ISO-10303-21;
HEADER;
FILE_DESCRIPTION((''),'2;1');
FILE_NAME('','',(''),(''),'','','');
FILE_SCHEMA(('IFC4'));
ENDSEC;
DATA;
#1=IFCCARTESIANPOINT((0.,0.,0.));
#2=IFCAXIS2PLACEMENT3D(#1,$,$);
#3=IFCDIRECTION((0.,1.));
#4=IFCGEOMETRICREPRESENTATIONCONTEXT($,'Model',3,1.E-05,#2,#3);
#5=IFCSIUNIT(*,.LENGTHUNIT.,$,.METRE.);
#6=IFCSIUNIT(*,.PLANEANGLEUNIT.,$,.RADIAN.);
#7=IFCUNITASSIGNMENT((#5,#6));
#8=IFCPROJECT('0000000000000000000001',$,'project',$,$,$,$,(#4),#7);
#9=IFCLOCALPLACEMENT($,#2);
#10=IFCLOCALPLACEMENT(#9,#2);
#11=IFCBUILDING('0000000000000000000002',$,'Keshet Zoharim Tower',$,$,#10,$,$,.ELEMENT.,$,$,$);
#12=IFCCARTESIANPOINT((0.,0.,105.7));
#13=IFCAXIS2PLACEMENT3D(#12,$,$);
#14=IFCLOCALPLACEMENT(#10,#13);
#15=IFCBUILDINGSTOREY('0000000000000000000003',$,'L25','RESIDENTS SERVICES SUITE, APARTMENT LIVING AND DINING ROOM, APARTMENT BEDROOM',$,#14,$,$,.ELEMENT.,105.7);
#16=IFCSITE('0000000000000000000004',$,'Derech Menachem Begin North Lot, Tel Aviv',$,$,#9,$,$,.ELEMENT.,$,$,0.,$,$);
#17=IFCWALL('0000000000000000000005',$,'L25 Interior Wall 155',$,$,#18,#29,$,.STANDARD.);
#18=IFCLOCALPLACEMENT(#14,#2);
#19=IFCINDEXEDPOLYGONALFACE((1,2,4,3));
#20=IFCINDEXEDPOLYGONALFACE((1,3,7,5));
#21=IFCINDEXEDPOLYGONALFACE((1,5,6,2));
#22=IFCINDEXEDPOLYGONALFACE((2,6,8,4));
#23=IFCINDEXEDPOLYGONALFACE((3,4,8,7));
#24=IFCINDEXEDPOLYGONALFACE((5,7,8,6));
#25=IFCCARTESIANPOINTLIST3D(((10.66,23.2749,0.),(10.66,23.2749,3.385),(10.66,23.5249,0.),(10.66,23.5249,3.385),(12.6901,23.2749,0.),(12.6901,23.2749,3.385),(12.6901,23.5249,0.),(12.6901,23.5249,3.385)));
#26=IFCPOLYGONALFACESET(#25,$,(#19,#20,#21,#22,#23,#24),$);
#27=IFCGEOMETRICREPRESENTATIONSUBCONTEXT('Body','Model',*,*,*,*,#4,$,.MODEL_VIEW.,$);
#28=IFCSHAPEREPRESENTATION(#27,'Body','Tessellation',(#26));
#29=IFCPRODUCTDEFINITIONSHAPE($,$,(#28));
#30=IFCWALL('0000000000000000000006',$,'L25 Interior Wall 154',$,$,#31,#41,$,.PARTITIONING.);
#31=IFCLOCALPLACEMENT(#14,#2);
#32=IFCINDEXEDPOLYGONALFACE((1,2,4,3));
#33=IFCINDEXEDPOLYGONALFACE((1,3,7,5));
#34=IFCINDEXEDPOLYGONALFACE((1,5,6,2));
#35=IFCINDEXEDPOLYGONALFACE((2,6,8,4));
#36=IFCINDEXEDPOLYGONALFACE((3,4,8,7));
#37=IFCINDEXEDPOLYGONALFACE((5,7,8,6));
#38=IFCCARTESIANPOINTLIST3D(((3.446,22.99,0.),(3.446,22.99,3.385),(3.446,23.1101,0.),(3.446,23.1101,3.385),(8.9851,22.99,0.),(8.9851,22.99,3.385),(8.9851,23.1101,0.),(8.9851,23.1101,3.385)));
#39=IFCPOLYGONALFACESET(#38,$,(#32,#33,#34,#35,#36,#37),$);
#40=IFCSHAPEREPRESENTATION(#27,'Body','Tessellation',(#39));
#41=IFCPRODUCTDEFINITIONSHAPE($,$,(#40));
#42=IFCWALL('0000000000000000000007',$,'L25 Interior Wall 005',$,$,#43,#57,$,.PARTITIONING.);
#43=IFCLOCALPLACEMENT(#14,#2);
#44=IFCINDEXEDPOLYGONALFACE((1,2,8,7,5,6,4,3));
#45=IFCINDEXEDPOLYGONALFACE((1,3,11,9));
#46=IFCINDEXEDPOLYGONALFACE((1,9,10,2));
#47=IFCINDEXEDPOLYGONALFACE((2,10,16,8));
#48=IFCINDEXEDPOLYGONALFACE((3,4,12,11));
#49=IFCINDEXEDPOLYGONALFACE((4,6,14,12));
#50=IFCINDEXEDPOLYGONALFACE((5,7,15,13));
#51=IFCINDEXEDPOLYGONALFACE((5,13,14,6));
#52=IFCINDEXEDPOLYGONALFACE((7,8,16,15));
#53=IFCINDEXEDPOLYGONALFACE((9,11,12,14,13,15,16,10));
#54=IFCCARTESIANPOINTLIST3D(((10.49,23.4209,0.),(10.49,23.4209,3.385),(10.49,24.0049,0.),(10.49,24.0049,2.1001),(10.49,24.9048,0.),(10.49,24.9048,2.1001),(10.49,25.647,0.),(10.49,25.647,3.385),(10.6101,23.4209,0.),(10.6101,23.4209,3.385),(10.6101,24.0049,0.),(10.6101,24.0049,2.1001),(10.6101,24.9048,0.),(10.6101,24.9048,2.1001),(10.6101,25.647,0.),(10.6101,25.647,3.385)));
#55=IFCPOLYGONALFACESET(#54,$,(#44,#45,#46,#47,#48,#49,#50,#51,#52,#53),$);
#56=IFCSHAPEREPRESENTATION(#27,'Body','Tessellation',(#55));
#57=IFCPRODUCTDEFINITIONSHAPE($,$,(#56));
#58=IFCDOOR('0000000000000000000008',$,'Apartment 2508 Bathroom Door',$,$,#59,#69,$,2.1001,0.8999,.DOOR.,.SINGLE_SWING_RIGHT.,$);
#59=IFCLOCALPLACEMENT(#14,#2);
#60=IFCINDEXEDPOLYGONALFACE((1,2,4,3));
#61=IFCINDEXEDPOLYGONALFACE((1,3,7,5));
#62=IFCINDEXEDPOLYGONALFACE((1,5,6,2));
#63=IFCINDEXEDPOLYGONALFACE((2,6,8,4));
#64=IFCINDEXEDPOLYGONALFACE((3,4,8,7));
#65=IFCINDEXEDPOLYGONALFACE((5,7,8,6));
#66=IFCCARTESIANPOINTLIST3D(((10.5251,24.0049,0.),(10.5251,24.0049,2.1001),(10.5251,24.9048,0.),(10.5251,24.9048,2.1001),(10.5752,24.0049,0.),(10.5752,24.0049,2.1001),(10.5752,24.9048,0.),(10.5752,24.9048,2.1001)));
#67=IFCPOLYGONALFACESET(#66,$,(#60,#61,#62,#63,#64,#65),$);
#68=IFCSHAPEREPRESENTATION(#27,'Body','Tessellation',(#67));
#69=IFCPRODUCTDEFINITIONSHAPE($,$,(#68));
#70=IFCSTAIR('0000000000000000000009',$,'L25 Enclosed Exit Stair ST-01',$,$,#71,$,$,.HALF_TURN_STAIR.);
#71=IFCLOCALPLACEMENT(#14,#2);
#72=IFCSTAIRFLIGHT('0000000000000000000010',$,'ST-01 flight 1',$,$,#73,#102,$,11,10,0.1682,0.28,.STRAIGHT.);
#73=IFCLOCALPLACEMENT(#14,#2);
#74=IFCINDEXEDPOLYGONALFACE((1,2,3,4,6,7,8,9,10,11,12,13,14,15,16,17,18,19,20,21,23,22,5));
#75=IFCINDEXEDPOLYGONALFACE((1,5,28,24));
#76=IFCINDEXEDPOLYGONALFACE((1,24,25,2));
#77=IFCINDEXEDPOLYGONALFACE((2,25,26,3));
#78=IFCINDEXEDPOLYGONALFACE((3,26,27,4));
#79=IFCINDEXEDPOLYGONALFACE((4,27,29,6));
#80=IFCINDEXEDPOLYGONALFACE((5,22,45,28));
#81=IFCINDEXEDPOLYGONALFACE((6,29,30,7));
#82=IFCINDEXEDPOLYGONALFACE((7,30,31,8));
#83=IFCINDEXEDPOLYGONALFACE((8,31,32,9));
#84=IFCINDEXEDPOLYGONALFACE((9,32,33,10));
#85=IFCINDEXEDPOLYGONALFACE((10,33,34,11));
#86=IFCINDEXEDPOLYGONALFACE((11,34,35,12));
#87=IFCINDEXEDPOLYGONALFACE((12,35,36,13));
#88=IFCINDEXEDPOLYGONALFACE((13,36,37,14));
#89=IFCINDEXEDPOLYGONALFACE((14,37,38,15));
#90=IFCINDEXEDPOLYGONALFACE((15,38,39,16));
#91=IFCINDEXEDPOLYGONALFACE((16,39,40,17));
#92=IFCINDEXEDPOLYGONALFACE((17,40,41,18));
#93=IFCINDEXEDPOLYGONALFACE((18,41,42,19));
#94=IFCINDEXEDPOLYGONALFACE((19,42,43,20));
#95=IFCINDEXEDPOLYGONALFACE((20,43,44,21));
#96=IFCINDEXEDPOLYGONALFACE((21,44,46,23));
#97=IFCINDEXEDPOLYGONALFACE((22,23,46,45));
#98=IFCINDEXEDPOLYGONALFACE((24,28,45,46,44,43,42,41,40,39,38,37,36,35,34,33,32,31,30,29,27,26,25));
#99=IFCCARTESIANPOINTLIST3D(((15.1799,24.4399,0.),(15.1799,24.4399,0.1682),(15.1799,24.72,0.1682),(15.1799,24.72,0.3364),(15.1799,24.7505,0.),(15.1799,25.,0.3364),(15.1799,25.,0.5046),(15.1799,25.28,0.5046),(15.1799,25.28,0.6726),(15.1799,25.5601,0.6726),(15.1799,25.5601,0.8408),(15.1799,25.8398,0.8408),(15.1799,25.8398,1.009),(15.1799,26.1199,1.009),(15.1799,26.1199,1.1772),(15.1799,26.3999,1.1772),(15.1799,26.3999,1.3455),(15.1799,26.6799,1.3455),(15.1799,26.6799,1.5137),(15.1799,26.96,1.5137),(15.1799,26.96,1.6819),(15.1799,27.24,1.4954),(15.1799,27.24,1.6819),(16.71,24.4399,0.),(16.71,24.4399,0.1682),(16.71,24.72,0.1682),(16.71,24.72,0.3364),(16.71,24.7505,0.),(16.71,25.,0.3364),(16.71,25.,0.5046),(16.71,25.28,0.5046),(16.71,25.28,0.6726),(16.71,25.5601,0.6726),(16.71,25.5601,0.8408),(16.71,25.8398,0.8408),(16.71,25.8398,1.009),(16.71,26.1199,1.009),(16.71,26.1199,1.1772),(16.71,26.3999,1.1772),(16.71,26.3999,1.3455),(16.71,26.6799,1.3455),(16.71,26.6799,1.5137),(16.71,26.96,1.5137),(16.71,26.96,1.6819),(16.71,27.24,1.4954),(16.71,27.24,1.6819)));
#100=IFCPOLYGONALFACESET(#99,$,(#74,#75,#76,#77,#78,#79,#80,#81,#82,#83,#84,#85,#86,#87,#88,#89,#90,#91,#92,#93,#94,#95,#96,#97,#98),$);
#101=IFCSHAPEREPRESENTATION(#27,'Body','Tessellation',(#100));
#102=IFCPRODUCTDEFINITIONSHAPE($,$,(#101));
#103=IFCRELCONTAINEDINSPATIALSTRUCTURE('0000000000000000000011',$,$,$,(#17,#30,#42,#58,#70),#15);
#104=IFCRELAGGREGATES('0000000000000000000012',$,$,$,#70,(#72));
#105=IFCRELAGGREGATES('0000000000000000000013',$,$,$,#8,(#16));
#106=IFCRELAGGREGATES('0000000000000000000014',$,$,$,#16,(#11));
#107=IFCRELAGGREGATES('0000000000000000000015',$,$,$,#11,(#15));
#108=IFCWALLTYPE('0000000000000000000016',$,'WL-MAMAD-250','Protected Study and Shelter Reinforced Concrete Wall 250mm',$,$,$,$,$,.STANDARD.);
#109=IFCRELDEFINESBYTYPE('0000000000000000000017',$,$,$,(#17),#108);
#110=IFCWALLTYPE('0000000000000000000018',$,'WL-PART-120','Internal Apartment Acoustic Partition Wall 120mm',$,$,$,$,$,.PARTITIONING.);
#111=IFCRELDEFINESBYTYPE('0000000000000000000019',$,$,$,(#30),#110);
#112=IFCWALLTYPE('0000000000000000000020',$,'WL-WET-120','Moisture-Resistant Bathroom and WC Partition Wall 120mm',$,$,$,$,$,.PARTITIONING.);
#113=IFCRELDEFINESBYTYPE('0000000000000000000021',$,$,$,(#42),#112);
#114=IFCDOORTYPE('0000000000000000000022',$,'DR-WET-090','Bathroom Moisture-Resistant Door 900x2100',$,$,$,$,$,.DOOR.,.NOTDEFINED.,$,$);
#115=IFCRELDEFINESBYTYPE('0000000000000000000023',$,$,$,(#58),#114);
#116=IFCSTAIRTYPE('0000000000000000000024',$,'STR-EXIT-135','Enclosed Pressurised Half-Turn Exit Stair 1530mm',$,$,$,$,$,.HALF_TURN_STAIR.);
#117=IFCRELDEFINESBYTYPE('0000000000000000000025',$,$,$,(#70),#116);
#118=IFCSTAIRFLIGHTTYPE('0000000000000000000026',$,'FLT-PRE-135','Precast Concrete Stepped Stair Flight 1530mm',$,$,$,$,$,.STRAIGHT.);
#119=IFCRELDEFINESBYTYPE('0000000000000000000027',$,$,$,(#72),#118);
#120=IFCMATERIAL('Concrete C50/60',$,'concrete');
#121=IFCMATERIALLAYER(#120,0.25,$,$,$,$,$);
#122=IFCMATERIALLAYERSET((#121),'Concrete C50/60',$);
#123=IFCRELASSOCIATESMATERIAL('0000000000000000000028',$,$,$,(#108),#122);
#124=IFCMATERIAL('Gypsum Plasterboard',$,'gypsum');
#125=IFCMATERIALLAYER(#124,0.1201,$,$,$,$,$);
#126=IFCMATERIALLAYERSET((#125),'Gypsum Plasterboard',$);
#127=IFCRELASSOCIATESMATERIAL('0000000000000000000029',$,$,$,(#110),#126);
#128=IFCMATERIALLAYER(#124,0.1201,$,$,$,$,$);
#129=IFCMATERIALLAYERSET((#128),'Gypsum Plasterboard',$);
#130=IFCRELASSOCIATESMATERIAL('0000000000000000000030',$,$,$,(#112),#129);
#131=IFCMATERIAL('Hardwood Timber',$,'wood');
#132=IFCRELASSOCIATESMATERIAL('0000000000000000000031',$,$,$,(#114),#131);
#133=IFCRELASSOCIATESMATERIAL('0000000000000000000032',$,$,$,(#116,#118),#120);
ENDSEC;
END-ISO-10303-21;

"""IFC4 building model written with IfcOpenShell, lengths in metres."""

from ifc_helpers import new_model, si_unit, direction, frame, frame_2d, origin, place, context, subcontext, project, spatial, polyline, rectangle, outline, extrude, material, layer, layer_set, type_object, element, fill, aggregate, save


model = new_model("IFC4")

# Units and contexts
model_context = context("Model", 3, precision=1e-05, world=origin(), true_north=direction((0.0, 1.0)))
body_context = subcontext(model_context, "Body", "Model", "MODEL_VIEW")
ifc_project = project(units=[si_unit("LENGTHUNIT", "METRE"), si_unit("PLANEANGLEUNIT", "RADIAN")], contexts=[model_context])

# Site, building, storey
site_placement = place(None, origin())
site = spatial("IfcSite", under=ifc_project, at=site_placement, Name="Derech Menachem Begin North Lot, Tel Aviv", CompositionType="ELEMENT", RefElevation=0.0)
building_placement = place(site_placement, origin())
building = spatial("IfcBuilding", under=site, at=building_placement, Name="Keshet Zoharim Tower", CompositionType="ELEMENT")
storey_placement = place(building_placement, frame((0.0, 0.0, 105.7)))
storey = spatial("IfcBuildingStorey", under=building, at=storey_placement, Name="L25", Description="RESIDENTS SERVICES SUITE, APARTMENT LIVING AND DINING ROOM, APARTMENT BEDROOM", CompositionType="ELEMENT", Elevation=105.7)

# Shared definitions
ifc_material_1 = material(Name="Gypsum Plasterboard", Category="gypsum")

# Shared definitions
ifc_material_2 = material(Name="Concrete C50/60", Category="concrete")
ifc_layer_1 = layer(ifc_material_2, 0.25)
ifc_layer_set_1 = layer_set([ifc_layer_1], Name="Concrete C50/60")
wall_type_1 = type_object("IfcWallType", Name="WL-MAMAD-250", Description="Protected Study and Shelter Reinforced Concrete Wall 250mm", PredefinedType="STANDARD", material=ifc_layer_set_1)
ifc_material_3 = material(Name="Hardwood Timber", Category="wood")

# Wall
for number, where, z_axis, x_axis, name in (
    (1, (10.6599, 23.3999, 0.0), (0.0, 0.0, 1.0), (1.0, 0.0, 0.0), "L25 Interior Wall 155"),
):
    element("IfcWall", number, at=place(storey_placement, frame(where, z_axis=z_axis, x_axis=x_axis)), inside=storey, type_object=wall_type_1, Name=name, PredefinedType="STANDARD", context=body_context, shape_type="SweptSolid", body=[
        extrude(rectangle(XDim=2.03, YDim=0.25, at=frame_2d((1.0151, 0.0))), origin(), (0.0, 0.0, 1.0), 3.385),
    ])

# Shared definitions
ifc_layer_2 = layer(ifc_material_1, 0.1201)
ifc_layer_set_2 = layer_set([ifc_layer_2], Name="Gypsum Plasterboard")
wall_type_2 = type_object("IfcWallType", Name="WL-PART-120", Description="Internal Apartment Acoustic Partition Wall 120mm", PredefinedType="PARTITIONING", material=ifc_layer_set_2)

# Wall
wall_1_placement = place(storey_placement, frame((3.446, 23.05, 0.0), z_axis=(0.0, 0.0, 1.0), x_axis=(1.0, 0.0, 0.0)))
element("IfcWall", 2, at=wall_1_placement, inside=storey, type_object=wall_type_2, Name="L25 Interior Wall 154", PredefinedType="PARTITIONING", context=body_context, shape_type="SweptSolid", body=[
    extrude(rectangle(XDim=5.5391, YDim=0.1201, at=frame_2d((2.7695, 0.0))), origin(), (0.0, 0.0, 1.0), 3.385),
])

# Wall, opening, door
ifc_layer_3 = layer(ifc_material_1, 0.1201)
ifc_layer_set_3 = layer_set([ifc_layer_3], Name="Gypsum Plasterboard")
wall_type_3 = type_object("IfcWallType", Name="WL-WET-120", Description="Moisture-Resistant Bathroom and WC Partition Wall 120mm", PredefinedType="PARTITIONING", material=ifc_layer_set_3)
wall_2_placement = place(storey_placement, frame((10.55, 23.4209, 0.0), z_axis=(0.0, 0.0, 1.0), x_axis=(0.0, 1.0, 0.0)))
wall_2 = element("IfcWall", 3, at=wall_2_placement, inside=storey, type_object=wall_type_3, Name="L25 Interior Wall 005", PredefinedType="PARTITIONING", context=body_context, shape_type="SweptSolid", body=[
    extrude(rectangle(XDim=2.2261, YDim=0.1201, at=frame_2d((1.113, 0.0))), origin(), (0.0, 0.0, 1.0), 3.385),
])
opening_1_placement = place(wall_2_placement, frame((0.584, 0.0, 0.0)))
opening_1 = element("IfcOpeningElement", 4, at=opening_1_placement, cuts=wall_2, PredefinedType="OPENING", context=body_context, shape_type="SweptSolid", body=[
    extrude(rectangle(XDim=0.8999, YDim=2.1001, at=frame_2d((0.45, 1.05))), frame((0.0, 0.0701, 0.0), z_axis=(0.0, -1.0, 0.0), x_axis=(1.0, 0.0, 0.0)), (0.0, 0.0, 1.0), 0.1401),
])
door_type_1 = type_object("IfcDoorType", Name="DR-WET-090", Description="Bathroom Moisture-Resistant Door 900x2100", OperationType="NOTDEFINED", PredefinedType="DOOR", material=ifc_material_3)
door_1_placement = place(opening_1_placement, origin())
door_1 = element("IfcDoor", 5, at=door_1_placement, inside=storey, type_object=door_type_1, Name="Apartment 2508 Bathroom Door", OperationType="SINGLE_SWING_RIGHT", OverallHeight=2.1001, OverallWidth=0.8999, PredefinedType="DOOR", context=body_context, shape_type="SweptSolid", body=[
    extrude(rectangle(XDim=0.8999, YDim=2.1001, at=frame_2d((0.45, 1.05))), frame((0.0, 0.0249, 0.0), z_axis=(0.0, -1.0, 0.0), x_axis=(1.0, 0.0, 0.0)), (0.0, 0.0, 1.0), 0.05),
])
fill(opening_1, door_1)

# Stair, stair flight
stair_type = type_object("IfcStairType", Name="STR-EXIT-135", Description="Enclosed Pressurised Half-Turn Exit Stair 1530mm", PredefinedType="HALF_TURN_STAIR", material=ifc_material_2)
stair_placement = place(storey_placement, origin())
stair = element("IfcStair", 6, at=stair_placement, inside=storey, type_object=stair_type, Name="L25 Enclosed Exit Stair ST-01", PredefinedType="HALF_TURN_STAIR")
stair_flight_type = type_object("IfcStairFlightType", Name="FLT-PRE-135", Description="Precast Concrete Stepped Stair Flight 1530mm", PredefinedType="STRAIGHT", material=ifc_material_2)
stair_flight_placement = place(storey_placement, frame((15.9451, 24.4399, 0.0), z_axis=(0.0, 0.0, 1.0), x_axis=(0.0, 1.0, 0.0)))
stair_flight = element("IfcStairFlight", 7, at=stair_flight_placement, type_object=stair_flight_type, Name="ST-01 flight 1", NumberOfRisers=11, NumberOfTreads=10, PredefinedType="STRAIGHT", RiserHeight=0.1682, TreadLength=0.28, context=body_context, shape_type="SweptSolid", body=[
    extrude(outline(polyline([(0.0, 0.0), (0.0, 0.1682), (0.28, 0.1682), (0.28, 0.3364), (0.5601, 0.3364), (0.5601, 0.5046), (0.8401, 0.5046), (0.8401, 0.6726), (1.1201, 0.6726), (1.1201, 0.8408), (1.3999, 0.8408), (1.3999, 1.009), (1.6799, 1.009), (1.6799, 1.1772), (1.96, 1.1772), (1.96, 1.3455), (2.24, 1.3455), (2.24, 1.5137), (2.52, 1.5137), (2.52, 1.6819), (2.8, 1.6819), (2.8, 1.8501), (2.8, 1.4954), (0.3105, 0.0), (0.0, 0.0)])), frame((0.0, 0.7651, 0.0), z_axis=(0.0, -1.0, 0.0), x_axis=(1.0, 0.0, 0.0)), (0.0, 0.0, 1.0), 1.53),
])
aggregate(stair, [stair_flight])

save(model, "model.ifc")
